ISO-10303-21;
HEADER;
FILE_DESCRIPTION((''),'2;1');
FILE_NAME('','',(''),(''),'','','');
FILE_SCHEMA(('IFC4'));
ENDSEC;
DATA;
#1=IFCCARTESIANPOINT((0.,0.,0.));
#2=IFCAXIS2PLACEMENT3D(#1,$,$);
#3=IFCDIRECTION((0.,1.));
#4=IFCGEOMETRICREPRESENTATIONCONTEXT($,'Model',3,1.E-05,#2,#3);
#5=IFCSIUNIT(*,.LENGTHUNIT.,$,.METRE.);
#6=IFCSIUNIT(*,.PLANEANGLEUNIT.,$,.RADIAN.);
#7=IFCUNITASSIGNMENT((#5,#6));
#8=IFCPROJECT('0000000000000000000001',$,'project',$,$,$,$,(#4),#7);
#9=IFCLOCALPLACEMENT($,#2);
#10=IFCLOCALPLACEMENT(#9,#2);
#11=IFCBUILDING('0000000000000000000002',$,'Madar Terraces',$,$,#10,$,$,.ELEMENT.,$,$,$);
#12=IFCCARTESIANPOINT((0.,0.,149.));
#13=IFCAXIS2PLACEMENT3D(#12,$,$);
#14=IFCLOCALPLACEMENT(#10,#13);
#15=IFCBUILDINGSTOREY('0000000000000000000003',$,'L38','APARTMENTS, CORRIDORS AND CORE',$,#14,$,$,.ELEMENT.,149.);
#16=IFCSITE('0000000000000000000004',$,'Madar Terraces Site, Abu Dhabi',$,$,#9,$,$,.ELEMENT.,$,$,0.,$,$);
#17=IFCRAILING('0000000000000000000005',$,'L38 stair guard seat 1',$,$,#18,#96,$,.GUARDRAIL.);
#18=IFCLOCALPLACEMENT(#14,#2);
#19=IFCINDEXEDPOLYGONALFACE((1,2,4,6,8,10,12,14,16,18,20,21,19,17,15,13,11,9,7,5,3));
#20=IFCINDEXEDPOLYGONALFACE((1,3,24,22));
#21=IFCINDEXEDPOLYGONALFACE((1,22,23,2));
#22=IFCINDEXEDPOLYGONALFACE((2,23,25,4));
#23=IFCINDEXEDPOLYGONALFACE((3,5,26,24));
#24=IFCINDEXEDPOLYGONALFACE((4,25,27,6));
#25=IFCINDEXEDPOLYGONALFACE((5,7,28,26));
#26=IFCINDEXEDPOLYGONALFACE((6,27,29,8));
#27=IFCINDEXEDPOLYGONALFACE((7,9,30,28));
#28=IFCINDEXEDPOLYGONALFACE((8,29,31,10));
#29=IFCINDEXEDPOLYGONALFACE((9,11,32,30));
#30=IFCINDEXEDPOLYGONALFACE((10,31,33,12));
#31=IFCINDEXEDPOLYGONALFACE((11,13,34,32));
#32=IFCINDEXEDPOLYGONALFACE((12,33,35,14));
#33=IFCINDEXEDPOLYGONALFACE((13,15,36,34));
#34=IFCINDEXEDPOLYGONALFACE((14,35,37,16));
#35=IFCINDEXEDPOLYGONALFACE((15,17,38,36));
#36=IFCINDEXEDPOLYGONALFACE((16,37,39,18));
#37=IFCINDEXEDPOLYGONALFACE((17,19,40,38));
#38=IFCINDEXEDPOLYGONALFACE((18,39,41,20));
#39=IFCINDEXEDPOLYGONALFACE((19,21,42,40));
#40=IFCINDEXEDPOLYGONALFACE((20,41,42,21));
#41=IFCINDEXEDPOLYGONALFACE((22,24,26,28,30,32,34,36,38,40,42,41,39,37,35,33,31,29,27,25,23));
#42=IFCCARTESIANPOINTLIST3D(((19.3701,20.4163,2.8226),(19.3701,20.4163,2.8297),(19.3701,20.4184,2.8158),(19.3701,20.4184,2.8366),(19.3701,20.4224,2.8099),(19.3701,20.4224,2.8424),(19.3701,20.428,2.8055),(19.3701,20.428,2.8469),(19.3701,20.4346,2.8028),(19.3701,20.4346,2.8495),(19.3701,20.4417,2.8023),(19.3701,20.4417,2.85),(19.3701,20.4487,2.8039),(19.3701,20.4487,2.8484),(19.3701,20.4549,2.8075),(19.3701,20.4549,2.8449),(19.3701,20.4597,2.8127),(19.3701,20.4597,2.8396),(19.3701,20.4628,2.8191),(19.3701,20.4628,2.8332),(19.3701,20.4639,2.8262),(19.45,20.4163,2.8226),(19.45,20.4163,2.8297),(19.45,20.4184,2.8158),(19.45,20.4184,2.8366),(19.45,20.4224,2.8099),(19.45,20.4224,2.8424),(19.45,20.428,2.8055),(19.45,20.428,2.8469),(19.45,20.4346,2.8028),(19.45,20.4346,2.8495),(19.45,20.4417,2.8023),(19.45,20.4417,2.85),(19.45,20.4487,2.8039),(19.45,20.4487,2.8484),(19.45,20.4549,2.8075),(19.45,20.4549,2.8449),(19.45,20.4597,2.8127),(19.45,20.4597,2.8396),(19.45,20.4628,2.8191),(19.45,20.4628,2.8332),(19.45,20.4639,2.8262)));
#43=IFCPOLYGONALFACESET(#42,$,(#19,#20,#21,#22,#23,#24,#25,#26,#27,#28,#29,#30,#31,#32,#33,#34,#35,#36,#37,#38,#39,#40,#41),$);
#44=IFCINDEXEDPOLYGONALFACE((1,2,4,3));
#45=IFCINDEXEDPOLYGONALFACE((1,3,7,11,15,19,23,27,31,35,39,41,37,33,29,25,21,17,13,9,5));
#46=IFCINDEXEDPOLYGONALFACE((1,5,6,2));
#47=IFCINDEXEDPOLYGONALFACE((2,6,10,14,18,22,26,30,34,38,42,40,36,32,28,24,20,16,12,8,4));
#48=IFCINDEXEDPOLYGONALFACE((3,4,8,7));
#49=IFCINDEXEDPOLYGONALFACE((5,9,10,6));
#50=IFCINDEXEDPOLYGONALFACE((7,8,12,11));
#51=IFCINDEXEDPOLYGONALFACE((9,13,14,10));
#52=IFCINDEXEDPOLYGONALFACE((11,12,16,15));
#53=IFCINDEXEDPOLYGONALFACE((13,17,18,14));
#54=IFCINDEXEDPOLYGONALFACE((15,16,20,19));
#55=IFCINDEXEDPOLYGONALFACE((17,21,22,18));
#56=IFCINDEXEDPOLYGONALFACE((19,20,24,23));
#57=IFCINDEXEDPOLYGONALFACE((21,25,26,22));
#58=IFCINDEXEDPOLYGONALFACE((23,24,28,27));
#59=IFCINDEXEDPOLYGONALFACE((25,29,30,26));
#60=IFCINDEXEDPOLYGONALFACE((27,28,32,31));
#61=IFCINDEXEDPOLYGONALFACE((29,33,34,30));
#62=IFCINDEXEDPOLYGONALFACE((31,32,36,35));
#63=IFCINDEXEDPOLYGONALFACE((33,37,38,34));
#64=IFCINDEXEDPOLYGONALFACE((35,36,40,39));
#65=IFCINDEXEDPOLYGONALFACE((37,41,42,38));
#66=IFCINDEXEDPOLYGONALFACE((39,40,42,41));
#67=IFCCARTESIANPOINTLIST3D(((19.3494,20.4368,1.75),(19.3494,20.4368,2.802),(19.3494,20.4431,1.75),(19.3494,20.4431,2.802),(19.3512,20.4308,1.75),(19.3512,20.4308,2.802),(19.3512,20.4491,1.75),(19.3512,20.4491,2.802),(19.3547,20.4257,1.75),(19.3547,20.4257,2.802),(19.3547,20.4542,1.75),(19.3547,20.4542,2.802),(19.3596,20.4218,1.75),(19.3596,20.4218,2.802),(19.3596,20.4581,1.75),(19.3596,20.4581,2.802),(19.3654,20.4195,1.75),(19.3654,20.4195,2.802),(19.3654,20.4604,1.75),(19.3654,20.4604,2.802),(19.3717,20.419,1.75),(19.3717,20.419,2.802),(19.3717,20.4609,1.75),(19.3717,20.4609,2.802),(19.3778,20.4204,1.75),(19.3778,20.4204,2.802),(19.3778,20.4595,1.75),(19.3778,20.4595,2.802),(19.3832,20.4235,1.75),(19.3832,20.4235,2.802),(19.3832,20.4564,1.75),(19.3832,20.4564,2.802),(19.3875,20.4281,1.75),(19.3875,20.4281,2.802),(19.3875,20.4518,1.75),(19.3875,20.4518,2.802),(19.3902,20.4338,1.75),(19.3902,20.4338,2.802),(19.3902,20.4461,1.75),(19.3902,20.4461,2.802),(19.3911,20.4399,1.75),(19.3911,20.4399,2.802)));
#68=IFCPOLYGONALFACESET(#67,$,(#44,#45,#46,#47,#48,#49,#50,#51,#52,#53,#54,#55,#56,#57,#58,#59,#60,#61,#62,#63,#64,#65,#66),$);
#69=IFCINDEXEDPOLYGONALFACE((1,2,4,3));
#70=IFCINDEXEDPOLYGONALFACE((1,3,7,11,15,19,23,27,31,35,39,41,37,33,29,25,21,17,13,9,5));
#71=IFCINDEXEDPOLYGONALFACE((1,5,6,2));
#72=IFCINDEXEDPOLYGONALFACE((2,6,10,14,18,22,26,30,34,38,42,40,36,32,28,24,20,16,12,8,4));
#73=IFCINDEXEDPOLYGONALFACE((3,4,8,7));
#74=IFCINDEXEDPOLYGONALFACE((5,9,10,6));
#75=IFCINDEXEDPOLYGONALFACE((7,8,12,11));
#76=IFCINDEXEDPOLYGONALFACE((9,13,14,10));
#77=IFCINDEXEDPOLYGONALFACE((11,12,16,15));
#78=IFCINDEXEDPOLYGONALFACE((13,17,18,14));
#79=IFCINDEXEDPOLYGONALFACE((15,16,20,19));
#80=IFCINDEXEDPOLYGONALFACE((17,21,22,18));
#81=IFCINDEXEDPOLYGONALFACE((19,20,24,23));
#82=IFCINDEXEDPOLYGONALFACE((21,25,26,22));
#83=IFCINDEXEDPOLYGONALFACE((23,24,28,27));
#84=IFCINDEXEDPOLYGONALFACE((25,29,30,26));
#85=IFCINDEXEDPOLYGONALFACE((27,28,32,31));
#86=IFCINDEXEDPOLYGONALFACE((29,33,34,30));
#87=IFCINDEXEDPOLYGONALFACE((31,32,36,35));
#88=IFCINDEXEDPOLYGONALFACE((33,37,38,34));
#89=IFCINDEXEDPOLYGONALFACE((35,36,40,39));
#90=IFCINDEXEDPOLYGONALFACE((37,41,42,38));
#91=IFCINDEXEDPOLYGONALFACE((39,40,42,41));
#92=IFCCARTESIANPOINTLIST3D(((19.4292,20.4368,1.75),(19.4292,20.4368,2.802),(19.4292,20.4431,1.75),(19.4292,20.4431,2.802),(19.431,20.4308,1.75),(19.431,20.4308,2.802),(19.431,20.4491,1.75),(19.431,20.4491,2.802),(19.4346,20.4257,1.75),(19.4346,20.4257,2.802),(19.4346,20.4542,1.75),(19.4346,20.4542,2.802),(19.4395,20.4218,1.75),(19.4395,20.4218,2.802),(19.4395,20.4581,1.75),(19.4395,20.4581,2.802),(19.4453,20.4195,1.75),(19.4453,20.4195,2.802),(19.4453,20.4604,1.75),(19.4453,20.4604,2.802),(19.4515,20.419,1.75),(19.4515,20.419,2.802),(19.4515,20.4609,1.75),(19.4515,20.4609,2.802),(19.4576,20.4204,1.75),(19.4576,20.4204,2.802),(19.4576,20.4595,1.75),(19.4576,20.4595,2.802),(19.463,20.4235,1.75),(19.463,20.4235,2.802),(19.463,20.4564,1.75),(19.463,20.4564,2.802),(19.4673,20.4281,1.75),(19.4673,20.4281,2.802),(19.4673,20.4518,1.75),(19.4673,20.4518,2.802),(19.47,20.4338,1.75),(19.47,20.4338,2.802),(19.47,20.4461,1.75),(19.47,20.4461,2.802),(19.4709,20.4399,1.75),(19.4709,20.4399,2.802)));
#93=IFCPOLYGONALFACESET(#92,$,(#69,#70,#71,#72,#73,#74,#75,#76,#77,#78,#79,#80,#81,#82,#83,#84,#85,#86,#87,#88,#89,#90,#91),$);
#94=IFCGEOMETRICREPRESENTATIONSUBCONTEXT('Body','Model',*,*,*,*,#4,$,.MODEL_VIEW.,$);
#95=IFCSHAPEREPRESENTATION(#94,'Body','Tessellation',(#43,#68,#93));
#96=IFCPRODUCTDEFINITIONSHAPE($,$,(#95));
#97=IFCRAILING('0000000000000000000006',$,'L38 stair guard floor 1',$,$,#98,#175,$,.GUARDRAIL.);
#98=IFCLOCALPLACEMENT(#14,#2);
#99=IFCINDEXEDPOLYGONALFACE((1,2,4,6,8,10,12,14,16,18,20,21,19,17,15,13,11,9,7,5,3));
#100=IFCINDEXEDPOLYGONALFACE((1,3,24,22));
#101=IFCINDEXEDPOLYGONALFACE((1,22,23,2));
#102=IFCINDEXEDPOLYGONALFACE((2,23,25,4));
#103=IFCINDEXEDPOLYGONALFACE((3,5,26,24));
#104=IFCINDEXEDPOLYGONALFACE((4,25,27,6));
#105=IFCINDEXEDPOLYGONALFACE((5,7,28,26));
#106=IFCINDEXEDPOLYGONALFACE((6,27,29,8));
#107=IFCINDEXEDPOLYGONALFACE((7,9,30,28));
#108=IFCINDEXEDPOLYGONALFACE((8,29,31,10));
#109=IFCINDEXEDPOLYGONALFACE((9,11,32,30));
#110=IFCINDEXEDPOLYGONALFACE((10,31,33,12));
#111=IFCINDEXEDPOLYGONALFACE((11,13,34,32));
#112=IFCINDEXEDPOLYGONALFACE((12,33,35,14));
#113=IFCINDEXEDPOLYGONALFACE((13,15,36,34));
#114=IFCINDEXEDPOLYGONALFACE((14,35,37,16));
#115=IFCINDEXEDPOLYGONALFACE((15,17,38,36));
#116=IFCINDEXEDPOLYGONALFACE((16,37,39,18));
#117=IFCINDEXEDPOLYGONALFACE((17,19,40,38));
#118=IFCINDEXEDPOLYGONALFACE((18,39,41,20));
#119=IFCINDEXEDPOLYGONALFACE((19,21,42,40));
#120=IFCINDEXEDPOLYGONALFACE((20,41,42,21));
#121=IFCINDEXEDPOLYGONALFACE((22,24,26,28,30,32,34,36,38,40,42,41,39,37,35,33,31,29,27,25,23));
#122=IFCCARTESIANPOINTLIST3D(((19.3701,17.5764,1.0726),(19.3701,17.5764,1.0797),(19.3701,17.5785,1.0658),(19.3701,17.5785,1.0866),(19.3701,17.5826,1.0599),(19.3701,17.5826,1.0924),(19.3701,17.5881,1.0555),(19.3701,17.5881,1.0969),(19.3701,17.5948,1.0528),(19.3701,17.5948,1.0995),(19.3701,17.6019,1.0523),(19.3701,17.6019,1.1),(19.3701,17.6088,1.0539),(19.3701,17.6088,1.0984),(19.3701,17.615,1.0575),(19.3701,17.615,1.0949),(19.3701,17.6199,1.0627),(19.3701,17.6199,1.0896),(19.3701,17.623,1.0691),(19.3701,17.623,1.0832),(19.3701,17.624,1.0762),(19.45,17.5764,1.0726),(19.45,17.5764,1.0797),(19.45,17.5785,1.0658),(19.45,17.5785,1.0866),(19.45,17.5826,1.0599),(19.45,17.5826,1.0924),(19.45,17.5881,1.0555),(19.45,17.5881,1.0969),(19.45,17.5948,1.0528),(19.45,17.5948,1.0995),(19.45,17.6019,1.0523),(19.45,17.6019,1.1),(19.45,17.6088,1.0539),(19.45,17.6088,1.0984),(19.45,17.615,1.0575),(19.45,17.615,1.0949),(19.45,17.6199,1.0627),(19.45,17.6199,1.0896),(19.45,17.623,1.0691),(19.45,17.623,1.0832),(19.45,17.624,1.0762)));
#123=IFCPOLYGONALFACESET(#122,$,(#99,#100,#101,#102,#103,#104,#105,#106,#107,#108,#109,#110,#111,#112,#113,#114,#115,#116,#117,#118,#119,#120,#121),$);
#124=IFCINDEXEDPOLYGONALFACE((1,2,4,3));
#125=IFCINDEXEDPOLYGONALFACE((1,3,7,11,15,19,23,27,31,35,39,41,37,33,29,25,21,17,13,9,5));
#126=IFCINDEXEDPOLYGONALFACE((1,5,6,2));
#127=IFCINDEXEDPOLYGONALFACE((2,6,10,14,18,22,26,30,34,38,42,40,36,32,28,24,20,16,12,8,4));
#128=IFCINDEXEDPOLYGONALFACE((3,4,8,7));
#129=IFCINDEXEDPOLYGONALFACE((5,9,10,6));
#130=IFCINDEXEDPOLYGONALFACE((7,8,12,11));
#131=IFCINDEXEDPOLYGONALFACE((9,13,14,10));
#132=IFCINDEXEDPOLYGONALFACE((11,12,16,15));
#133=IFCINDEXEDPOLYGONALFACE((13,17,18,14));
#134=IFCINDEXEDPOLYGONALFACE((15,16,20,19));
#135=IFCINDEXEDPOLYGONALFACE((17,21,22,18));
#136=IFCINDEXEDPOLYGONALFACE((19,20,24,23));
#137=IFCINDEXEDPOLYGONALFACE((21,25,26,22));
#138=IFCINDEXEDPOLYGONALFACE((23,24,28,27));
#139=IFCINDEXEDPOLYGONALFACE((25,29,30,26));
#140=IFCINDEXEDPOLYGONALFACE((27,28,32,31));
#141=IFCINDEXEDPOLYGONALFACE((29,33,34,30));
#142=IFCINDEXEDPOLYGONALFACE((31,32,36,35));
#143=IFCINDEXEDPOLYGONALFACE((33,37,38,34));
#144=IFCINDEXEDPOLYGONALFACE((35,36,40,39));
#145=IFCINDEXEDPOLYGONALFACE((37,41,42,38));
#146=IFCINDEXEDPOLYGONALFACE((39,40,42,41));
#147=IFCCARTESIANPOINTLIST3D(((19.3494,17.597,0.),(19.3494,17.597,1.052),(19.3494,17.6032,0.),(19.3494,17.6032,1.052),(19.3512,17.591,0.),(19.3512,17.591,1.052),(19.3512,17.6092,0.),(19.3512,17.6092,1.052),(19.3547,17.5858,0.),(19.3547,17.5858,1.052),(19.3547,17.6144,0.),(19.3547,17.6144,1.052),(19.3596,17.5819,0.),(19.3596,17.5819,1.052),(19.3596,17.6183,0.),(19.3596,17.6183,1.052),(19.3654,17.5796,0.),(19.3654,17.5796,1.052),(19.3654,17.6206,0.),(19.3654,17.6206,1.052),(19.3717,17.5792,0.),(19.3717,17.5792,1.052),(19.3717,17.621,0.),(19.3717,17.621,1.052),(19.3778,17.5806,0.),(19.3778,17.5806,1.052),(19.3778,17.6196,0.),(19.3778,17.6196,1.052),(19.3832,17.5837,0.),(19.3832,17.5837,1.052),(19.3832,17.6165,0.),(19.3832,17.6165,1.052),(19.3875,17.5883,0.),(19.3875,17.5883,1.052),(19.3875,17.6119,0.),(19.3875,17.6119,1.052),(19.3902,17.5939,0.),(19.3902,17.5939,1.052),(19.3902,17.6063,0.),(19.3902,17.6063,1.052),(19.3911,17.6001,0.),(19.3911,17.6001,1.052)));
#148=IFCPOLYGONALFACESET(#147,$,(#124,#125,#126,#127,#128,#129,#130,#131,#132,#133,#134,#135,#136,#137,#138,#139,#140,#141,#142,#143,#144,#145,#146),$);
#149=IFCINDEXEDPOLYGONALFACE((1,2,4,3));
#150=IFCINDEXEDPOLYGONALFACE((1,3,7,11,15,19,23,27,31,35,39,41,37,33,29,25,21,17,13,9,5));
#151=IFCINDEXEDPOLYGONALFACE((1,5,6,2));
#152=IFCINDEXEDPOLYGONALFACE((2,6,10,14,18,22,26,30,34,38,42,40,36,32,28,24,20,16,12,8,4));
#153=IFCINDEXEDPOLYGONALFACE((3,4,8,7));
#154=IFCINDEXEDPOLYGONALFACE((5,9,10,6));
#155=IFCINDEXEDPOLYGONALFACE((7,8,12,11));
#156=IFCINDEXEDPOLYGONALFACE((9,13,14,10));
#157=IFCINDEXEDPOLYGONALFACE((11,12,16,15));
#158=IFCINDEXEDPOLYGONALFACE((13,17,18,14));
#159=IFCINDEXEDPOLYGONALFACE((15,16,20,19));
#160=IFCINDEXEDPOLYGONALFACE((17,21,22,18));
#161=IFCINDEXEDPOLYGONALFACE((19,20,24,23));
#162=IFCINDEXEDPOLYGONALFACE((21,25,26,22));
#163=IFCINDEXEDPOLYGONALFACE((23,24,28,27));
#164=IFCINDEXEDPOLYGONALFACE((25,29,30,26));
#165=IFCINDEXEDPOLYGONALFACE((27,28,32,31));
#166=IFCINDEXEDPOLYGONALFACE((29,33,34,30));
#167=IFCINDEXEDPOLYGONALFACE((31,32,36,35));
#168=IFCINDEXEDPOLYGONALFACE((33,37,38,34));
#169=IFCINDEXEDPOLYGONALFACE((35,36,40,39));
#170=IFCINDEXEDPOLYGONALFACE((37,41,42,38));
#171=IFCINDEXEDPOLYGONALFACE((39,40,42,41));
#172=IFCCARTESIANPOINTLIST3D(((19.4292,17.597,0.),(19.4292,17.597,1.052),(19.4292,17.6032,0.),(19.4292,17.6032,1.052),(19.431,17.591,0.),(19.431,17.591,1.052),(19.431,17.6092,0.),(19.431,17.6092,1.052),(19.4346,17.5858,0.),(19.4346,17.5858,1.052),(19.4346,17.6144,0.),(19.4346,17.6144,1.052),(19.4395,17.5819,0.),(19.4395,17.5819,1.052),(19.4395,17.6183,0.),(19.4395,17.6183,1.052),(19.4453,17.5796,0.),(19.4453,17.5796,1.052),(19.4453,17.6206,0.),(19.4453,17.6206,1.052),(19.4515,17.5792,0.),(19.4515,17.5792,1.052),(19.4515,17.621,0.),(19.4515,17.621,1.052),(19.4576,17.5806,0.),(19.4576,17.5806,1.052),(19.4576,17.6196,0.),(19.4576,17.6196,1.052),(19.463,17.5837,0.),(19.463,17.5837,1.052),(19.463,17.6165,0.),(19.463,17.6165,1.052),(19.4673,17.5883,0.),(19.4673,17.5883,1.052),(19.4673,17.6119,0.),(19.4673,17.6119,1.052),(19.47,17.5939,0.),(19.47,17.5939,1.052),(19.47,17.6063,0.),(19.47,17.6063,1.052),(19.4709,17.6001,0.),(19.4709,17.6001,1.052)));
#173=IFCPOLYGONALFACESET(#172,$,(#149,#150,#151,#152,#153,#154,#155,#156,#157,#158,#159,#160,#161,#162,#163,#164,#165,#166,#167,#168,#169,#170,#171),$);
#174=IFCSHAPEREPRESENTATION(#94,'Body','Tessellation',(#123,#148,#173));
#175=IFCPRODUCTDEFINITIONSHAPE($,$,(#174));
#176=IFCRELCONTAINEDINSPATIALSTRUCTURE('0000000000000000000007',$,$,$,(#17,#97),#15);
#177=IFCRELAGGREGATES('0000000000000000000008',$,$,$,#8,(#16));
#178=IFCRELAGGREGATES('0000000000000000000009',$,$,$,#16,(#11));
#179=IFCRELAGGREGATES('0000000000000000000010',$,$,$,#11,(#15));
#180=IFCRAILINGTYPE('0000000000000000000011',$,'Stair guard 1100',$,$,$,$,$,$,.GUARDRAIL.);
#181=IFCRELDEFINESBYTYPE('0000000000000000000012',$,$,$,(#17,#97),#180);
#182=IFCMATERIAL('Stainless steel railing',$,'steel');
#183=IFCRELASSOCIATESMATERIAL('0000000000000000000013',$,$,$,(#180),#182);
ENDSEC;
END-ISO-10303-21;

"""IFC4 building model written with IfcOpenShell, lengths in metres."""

from ifc_helpers import new_model, si_unit, direction, frame, origin, origin_2d, place, context, subcontext, project, spatial, circle, extrude, material, type_object, element, save


model = new_model("IFC4")

# Units and contexts
model_context = context("Model", 3, precision=1e-05, world=origin(), true_north=direction((0.0, 1.0)))
body_context = subcontext(model_context, "Body", "Model", "MODEL_VIEW")
ifc_project = project(units=[si_unit("LENGTHUNIT", "METRE"), si_unit("PLANEANGLEUNIT", "RADIAN")], contexts=[model_context])

# Site, building, storey
site_placement = place(None, origin())
site = spatial("IfcSite", under=ifc_project, at=site_placement, Name="Madar Terraces Site, Abu Dhabi", CompositionType="ELEMENT", RefElevation=0.0)
building_placement = place(site_placement, origin())
building = spatial("IfcBuilding", under=site, at=building_placement, Name="Madar Terraces", CompositionType="ELEMENT")
storey_placement = place(building_placement, frame((0.0, 0.0, 149.0)))
storey = spatial("IfcBuildingStorey", under=building, at=storey_placement, Name="L38", Description="APARTMENTS, CORRIDORS AND CORE", CompositionType="ELEMENT", Elevation=149.0)

# Railings
ifc_material_1 = material(Name="Stainless steel railing", Category="steel")
railing_type_1 = type_object("IfcRailingType", Name="Stair guard 1100", PredefinedType="GUARDRAIL", material=ifc_material_1)
for number, where, name in (
    (1, (19.3701, 20.4399, 1.75), "L38 stair guard seat 1"),
    (2, (19.3701, 17.6001, 0.0), "L38 stair guard floor 1"),
):
    element("IfcRailing", number, at=place(storey_placement, frame(where)), inside=storey, type_object=railing_type_1, Name=name, PredefinedType="GUARDRAIL", context=body_context, shape_type="SweptSolid", body=[
        extrude(circle(Radius=0.0239, at=origin_2d()), frame((0.0, 0.0, 1.0762), z_axis=(1.0, 0.0, 0.0), x_axis=(0.0, 1.0, 0.0)), (0.0, 0.0, 1.0), 0.0798),
        extrude(circle(Radius=0.021, at=origin_2d()), origin(), (0.0, 0.0, 1.0), 1.052),
        extrude(circle(Radius=0.021, at=origin_2d()), frame((0.0798, 0.0, 0.0)), (0.0, 0.0, 1.0), 1.052),
    ])

save(model, "model.ifc")
